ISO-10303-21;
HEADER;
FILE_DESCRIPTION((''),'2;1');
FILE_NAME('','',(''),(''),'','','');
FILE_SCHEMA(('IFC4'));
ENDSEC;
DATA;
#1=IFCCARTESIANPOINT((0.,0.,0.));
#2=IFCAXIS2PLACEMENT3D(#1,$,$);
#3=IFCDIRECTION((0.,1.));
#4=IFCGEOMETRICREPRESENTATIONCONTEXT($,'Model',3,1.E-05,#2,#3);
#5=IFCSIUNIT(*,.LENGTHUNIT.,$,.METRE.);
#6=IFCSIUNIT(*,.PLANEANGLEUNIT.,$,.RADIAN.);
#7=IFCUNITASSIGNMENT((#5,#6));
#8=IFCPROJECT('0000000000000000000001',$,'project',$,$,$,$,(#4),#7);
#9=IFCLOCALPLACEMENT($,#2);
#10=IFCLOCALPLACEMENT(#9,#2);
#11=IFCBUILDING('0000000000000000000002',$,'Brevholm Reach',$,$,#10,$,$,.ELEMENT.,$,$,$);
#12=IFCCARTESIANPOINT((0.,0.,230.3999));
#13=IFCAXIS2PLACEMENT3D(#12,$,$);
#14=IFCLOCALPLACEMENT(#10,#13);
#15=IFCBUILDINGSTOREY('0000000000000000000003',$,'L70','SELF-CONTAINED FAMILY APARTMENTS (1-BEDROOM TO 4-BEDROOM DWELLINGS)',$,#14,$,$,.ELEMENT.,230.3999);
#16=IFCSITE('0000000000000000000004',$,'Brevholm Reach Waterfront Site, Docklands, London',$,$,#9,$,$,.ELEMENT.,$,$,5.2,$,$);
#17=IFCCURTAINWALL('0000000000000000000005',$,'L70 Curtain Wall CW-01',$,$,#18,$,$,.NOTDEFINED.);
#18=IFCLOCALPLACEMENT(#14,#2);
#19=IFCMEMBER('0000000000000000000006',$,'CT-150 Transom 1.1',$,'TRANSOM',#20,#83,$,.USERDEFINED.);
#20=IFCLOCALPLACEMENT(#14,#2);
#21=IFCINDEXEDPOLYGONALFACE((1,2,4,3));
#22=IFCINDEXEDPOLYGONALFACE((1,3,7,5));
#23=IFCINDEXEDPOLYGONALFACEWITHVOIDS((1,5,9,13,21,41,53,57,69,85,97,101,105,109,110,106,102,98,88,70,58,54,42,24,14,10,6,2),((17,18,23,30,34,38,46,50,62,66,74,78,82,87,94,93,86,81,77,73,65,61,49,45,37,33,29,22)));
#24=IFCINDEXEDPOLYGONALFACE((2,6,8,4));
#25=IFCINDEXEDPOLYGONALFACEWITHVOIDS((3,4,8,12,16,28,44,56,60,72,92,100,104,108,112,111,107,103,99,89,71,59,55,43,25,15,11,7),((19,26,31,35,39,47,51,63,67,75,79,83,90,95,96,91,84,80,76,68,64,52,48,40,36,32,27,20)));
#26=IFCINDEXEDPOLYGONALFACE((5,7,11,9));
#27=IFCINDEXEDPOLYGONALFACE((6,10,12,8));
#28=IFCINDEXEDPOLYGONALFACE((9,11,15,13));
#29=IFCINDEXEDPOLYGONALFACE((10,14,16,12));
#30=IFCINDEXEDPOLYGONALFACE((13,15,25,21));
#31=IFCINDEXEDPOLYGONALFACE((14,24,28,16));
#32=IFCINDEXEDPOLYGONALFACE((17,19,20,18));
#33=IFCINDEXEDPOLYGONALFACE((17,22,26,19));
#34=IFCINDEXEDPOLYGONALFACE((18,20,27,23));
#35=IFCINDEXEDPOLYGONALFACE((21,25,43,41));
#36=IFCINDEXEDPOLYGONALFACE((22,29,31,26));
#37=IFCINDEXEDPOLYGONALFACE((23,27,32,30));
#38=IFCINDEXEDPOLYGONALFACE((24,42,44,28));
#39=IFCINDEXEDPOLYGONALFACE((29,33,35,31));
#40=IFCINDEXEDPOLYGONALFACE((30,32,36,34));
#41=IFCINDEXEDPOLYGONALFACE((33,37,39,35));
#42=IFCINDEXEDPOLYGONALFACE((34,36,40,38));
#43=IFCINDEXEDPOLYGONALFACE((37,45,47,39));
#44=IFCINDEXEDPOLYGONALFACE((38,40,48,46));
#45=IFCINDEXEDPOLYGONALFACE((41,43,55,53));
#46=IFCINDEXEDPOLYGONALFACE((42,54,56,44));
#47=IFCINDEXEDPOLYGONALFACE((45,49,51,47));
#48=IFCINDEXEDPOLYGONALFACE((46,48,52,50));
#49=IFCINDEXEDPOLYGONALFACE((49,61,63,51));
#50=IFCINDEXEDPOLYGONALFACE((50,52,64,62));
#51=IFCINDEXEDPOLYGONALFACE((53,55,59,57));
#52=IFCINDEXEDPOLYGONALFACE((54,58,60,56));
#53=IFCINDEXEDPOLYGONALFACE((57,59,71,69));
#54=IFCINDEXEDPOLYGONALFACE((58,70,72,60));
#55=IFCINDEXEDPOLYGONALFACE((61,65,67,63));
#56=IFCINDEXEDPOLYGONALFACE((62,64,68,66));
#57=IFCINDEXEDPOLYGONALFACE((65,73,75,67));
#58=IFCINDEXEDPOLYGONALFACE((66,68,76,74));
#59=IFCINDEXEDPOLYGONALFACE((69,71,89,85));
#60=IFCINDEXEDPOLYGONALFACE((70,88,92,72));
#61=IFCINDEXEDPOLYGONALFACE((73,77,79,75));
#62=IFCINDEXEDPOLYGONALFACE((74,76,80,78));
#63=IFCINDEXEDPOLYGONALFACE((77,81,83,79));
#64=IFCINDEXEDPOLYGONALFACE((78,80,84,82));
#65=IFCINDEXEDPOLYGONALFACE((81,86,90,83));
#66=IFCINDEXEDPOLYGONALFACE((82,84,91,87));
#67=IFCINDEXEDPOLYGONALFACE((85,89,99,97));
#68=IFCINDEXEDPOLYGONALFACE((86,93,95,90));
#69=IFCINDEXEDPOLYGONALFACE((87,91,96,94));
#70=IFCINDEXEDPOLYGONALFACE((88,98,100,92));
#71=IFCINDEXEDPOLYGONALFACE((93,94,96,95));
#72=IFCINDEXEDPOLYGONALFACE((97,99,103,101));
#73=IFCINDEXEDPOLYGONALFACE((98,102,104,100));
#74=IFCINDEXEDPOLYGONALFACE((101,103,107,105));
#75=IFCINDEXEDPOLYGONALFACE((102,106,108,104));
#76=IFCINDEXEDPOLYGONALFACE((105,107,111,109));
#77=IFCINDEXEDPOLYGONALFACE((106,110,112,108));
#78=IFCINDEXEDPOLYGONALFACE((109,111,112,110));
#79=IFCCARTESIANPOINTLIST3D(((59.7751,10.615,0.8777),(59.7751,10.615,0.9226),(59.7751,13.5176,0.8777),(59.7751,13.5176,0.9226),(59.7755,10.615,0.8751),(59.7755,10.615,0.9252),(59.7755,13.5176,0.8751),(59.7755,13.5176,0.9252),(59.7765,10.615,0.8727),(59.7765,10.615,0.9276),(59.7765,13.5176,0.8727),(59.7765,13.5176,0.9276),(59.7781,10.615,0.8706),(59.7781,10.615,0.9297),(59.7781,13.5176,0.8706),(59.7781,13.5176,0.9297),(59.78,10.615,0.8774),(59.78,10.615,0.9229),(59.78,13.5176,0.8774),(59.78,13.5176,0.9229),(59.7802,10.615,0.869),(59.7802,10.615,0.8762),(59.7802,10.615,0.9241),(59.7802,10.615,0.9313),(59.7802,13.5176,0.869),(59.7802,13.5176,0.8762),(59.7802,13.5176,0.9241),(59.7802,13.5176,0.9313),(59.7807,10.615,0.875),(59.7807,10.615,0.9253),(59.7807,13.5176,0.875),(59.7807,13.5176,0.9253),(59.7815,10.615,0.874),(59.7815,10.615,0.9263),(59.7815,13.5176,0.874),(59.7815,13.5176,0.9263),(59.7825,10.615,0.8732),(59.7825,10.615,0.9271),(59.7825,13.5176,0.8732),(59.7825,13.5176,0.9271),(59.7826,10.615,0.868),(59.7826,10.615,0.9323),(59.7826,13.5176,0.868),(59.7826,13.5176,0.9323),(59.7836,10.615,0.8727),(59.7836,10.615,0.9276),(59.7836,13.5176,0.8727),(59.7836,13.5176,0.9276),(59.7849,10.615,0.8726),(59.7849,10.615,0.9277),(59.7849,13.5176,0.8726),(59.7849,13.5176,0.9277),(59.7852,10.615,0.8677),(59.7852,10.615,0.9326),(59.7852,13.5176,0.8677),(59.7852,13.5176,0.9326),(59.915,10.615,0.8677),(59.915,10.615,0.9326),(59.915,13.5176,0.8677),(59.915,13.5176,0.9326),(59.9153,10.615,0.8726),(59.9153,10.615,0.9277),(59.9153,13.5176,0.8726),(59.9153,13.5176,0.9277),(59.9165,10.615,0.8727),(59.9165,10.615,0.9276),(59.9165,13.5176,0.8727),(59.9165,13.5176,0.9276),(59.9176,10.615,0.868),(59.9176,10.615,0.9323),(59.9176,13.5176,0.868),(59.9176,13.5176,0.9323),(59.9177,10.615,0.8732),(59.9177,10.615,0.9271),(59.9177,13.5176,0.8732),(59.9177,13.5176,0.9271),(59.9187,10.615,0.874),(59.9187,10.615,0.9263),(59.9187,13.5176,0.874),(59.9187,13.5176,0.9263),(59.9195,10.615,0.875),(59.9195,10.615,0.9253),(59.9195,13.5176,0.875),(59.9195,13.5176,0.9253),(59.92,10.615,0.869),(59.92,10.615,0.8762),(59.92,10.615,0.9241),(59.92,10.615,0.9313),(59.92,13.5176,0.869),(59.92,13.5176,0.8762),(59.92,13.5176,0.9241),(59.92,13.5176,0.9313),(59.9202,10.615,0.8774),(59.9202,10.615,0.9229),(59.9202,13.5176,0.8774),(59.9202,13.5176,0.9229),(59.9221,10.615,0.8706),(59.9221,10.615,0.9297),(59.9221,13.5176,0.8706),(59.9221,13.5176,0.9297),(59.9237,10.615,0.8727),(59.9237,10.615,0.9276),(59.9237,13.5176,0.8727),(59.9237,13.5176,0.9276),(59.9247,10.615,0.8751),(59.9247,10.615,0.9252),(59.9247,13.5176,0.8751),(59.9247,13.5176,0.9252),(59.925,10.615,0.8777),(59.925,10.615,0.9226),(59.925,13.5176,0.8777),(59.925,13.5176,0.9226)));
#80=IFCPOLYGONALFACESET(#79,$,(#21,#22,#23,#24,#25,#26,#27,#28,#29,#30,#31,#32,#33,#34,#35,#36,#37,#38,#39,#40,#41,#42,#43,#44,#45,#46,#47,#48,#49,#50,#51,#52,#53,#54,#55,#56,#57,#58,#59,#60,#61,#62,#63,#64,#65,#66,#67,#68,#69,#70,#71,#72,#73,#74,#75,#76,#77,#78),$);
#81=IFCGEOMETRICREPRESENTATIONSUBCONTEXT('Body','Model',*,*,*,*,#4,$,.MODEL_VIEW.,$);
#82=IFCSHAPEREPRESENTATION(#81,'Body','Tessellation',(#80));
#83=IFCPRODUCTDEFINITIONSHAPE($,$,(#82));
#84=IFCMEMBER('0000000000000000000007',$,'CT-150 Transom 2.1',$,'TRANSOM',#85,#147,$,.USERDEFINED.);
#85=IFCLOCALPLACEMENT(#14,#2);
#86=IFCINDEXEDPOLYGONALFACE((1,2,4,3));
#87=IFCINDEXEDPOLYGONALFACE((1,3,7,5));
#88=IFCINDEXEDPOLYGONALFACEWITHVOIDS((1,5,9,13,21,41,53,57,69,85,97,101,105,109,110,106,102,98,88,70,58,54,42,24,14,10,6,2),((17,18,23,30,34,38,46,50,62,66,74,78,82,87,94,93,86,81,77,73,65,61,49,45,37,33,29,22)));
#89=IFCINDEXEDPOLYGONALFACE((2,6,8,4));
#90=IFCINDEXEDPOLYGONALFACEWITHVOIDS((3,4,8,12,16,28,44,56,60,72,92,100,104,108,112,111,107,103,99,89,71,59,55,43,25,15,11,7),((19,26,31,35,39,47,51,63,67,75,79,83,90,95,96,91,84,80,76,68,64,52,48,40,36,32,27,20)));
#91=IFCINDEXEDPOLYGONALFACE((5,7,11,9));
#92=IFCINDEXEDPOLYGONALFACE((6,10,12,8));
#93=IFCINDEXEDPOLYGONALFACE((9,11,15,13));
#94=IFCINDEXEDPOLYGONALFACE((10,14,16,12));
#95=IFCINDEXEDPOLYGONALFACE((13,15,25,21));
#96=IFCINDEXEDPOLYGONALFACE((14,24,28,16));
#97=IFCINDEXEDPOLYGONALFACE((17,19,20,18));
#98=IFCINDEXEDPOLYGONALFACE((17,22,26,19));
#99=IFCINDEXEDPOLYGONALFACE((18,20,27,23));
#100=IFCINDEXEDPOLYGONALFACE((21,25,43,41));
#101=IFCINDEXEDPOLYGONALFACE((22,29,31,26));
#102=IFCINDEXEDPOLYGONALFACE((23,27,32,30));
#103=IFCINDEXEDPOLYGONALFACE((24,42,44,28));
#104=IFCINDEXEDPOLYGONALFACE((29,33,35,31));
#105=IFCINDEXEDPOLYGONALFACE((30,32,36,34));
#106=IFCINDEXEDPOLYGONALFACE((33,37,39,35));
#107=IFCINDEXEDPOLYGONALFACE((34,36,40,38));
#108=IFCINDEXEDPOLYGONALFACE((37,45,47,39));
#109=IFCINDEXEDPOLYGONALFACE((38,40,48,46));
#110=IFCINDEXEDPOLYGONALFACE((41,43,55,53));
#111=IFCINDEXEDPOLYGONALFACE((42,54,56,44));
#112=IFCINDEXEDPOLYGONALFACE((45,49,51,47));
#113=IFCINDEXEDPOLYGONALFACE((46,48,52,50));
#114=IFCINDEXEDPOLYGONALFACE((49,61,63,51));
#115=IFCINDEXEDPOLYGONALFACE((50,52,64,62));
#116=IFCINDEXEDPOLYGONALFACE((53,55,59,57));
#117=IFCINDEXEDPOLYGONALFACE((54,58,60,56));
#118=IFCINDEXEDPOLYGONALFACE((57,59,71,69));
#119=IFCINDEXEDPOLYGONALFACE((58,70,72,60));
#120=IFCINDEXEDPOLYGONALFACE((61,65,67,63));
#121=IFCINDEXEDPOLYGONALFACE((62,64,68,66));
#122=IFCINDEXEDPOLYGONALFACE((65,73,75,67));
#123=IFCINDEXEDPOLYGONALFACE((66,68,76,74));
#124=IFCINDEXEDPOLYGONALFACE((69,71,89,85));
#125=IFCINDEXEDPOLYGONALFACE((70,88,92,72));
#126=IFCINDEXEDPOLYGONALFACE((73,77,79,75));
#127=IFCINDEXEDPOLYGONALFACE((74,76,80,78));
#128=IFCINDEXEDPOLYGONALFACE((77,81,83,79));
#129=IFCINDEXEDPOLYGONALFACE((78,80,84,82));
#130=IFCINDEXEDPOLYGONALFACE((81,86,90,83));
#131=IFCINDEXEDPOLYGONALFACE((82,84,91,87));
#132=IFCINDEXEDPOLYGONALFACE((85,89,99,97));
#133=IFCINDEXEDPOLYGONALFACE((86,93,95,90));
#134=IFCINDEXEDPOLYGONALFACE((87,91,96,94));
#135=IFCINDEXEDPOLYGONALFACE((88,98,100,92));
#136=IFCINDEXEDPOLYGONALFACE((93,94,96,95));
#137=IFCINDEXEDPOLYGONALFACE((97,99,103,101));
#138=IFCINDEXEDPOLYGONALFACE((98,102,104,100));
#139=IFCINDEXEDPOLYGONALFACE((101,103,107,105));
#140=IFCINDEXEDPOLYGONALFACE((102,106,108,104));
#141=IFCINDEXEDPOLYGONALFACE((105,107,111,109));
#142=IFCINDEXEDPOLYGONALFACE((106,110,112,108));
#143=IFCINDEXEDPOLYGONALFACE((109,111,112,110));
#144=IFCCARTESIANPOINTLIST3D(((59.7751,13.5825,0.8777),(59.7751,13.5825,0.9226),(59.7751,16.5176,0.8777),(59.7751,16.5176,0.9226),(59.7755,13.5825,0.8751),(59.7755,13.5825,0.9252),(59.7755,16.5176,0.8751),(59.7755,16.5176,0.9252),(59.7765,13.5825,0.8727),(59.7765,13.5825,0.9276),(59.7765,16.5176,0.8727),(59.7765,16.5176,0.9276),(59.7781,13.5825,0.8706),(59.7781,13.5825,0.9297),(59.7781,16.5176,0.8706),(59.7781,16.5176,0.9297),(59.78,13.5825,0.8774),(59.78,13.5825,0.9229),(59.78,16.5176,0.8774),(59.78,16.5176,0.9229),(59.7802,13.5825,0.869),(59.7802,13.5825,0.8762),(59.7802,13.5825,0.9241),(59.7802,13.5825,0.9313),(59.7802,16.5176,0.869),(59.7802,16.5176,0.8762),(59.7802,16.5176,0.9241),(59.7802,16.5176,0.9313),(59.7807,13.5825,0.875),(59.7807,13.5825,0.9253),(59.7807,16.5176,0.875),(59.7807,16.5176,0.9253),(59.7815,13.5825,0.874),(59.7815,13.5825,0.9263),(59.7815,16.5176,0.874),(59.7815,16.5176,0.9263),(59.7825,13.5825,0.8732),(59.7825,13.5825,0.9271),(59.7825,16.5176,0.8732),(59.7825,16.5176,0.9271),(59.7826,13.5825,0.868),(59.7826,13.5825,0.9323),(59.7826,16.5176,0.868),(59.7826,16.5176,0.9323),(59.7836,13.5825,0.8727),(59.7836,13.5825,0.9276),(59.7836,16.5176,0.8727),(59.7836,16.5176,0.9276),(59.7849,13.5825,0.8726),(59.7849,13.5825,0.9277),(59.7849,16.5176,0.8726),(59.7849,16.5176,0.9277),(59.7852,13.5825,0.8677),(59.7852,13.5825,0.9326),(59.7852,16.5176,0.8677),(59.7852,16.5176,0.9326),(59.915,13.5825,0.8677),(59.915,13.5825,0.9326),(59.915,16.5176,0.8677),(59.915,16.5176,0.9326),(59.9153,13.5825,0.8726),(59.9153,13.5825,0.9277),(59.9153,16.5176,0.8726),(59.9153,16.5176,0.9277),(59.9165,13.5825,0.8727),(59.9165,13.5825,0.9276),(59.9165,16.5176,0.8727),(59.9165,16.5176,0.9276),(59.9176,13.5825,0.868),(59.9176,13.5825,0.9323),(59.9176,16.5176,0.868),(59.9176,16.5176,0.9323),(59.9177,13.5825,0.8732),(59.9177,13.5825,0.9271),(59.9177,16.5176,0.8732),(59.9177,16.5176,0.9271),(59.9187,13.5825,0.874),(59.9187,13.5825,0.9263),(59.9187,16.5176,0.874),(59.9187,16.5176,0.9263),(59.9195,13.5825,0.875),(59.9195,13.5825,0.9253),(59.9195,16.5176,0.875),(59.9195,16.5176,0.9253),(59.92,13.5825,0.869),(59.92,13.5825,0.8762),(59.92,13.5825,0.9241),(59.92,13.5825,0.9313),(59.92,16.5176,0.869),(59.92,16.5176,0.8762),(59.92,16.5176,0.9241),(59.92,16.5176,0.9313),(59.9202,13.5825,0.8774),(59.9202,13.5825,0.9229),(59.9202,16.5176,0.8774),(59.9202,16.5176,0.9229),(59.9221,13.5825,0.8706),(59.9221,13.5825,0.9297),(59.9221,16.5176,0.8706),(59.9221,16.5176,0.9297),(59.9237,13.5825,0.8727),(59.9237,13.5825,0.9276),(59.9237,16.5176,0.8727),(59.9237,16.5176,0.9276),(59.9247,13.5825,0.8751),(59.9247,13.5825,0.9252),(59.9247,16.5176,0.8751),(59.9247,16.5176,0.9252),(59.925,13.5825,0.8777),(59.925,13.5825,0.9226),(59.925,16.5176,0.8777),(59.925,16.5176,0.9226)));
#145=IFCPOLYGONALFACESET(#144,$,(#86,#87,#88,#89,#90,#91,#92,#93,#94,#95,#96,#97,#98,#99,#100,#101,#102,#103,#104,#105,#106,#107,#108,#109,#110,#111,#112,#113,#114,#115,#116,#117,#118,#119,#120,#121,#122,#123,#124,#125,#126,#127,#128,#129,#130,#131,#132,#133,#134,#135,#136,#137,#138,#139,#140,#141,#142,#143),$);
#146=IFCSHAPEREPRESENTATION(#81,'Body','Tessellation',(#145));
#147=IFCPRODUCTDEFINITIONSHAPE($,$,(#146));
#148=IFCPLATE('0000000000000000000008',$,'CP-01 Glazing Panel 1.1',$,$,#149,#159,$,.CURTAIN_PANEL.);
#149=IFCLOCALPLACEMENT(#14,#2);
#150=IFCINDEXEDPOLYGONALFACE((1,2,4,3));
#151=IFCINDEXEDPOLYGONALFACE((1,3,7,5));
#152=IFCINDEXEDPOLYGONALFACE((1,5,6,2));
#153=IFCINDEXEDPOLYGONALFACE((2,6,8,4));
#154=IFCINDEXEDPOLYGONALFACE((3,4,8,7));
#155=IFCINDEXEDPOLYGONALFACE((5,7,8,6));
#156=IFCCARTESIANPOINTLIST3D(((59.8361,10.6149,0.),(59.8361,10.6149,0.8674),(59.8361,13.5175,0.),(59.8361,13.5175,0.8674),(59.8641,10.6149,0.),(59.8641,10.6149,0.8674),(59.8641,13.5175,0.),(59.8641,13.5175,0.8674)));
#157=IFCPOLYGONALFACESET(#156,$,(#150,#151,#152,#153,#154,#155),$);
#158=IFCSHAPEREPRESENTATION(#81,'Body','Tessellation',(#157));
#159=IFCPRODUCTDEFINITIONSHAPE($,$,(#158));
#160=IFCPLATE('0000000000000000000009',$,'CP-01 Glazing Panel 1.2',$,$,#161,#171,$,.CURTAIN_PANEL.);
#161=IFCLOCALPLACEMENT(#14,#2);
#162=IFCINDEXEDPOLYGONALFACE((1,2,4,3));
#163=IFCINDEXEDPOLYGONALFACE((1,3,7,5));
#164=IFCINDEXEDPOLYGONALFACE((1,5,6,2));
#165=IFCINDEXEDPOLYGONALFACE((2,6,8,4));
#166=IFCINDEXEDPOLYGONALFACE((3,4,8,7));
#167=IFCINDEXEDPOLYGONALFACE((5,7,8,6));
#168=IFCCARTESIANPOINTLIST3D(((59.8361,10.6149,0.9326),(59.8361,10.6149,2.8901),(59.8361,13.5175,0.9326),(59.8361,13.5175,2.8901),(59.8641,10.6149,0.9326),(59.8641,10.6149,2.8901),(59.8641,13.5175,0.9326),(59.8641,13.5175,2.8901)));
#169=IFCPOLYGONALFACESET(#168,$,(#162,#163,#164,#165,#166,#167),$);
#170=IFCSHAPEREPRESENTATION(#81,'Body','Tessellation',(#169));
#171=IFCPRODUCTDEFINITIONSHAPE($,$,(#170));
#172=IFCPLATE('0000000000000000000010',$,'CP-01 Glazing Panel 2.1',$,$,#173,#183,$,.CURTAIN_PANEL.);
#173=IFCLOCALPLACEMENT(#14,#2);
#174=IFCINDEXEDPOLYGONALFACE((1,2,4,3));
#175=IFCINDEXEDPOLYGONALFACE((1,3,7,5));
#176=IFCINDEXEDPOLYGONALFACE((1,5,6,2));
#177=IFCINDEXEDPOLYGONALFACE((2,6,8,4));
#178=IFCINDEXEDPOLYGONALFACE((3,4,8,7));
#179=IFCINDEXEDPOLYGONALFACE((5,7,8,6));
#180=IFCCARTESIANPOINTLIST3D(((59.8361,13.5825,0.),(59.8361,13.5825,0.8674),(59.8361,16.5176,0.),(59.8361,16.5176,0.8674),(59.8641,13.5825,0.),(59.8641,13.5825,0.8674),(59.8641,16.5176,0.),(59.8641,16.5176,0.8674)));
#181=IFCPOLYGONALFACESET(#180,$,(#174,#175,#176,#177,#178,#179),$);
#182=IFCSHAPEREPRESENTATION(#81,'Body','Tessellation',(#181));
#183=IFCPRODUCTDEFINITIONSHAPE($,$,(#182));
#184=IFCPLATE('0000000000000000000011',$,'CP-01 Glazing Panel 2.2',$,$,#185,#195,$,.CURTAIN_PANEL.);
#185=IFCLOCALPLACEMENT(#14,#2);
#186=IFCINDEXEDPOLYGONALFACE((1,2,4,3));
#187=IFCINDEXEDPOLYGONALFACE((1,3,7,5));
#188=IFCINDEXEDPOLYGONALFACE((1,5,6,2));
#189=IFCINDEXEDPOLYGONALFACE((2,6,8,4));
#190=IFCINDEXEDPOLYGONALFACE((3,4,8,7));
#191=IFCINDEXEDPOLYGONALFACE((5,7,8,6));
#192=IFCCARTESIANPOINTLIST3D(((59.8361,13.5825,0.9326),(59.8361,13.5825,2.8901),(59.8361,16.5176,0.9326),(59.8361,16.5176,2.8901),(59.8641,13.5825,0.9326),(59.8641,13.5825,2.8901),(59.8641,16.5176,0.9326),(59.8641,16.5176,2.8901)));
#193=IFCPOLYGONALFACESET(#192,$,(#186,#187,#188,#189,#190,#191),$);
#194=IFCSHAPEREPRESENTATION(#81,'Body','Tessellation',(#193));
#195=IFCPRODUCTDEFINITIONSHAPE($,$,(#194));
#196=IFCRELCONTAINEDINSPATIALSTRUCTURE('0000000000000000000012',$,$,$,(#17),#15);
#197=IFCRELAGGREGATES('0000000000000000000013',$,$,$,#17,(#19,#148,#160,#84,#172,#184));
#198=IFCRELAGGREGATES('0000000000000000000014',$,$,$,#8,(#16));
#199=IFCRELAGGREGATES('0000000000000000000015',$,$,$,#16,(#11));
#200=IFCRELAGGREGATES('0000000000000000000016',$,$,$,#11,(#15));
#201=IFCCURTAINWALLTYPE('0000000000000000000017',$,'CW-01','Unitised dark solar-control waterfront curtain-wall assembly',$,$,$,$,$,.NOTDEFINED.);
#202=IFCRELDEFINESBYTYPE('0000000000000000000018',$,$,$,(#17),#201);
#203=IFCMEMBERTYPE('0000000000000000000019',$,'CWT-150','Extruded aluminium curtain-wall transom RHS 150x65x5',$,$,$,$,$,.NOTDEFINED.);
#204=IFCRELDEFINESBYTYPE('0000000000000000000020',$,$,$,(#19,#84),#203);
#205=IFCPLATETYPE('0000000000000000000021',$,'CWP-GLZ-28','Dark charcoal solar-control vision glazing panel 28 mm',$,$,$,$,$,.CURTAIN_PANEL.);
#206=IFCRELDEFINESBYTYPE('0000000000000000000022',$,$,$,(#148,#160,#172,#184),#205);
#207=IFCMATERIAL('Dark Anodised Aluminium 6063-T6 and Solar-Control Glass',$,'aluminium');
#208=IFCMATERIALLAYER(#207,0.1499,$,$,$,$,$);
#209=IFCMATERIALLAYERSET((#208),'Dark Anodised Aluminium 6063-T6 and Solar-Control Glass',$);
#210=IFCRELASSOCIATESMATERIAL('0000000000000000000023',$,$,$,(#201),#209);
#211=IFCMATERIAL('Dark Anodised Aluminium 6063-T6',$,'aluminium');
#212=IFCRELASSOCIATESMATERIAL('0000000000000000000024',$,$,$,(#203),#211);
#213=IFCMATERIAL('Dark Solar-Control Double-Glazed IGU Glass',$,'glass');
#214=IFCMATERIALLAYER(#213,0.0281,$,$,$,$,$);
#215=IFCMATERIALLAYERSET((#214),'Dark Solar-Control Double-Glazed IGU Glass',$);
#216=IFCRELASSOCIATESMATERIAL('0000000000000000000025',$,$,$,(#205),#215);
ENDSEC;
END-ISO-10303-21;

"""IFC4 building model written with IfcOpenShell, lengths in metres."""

from ifc_helpers import new_model, si_unit, direction, frame, origin, origin_2d, place, context, subcontext, project, spatial, rectangle, hollow_rectangle, extrude, material, layer, layer_set, material_profile, profile_set, type_object, element, aggregate, save


model = new_model("IFC4")

# Units and contexts
model_context = context("Model", 3, precision=1e-05, world=origin(), true_north=direction((0.0, 1.0)))
body_context = subcontext(model_context, "Body", "Model", "MODEL_VIEW")
ifc_project = project(units=[si_unit("LENGTHUNIT", "METRE"), si_unit("PLANEANGLEUNIT", "RADIAN")], contexts=[model_context])

# Site, building, storey
site_placement = place(None, origin())
site = spatial("IfcSite", under=ifc_project, at=site_placement, Name="Brevholm Reach Waterfront Site, Docklands, London", CompositionType="ELEMENT", RefElevation=5.2)
building_placement = place(site_placement, origin())
building = spatial("IfcBuilding", under=site, at=building_placement, Name="Brevholm Reach", CompositionType="ELEMENT")
storey_placement = place(building_placement, frame((0.0, 0.0, 230.3999)))
storey = spatial("IfcBuildingStorey", under=building, at=storey_placement, Name="L70", Description="SELF-CONTAINED FAMILY APARTMENTS (1-BEDROOM TO 4-BEDROOM DWELLINGS)", CompositionType="ELEMENT", Elevation=230.3999)

# Curtain wall, members, plates
ifc_material_1 = material(Name="Dark Anodised Aluminium 6063-T6 and Solar-Control Glass", Category="aluminium")
ifc_layer_1 = layer(ifc_material_1, 0.1499)
ifc_layer_set_1 = layer_set([ifc_layer_1], Name="Dark Anodised Aluminium 6063-T6 and Solar-Control Glass")
curtain_wall_type = type_object("IfcCurtainWallType", Name="CW-01", Description="Unitised dark solar-control waterfront curtain-wall assembly", PredefinedType="NOTDEFINED", material=ifc_layer_set_1)
curtain_wall_placement = place(storey_placement, origin())
curtain_wall = element("IfcCurtainWall", 1, at=curtain_wall_placement, inside=storey, type_object=curtain_wall_type, Name="L70 Curtain Wall CW-01", PredefinedType="NOTDEFINED")
ifc_material_2 = material(Name="Dark Anodised Aluminium 6063-T6", Category="aluminium")
ifc_material_profile_1 = material_profile(ifc_material_2, hollow_rectangle(XDim=0.0649, YDim=0.1499, WallThickness=0.0049, InnerFilletRadius=0.0049, OuterFilletRadius=0.01, at=origin_2d()), Name="RHS 150x65x5")
ifc_profile_set_1 = profile_set([ifc_material_profile_1], Name="Dark Anodised Aluminium 6063-T6")
member_type_1 = type_object("IfcMemberType", Name="CWT-150", Description="Extruded aluminium curtain-wall transom RHS 150x65x5", PredefinedType="NOTDEFINED", material=ifc_profile_set_1)
member_1_placement = place(storey_placement, frame((59.8501, 10.615, 0.9001), z_axis=(0.0, 1.0, 0.0), x_axis=(0.0, 0.0, 1.0)))
member_1 = element("IfcMember", 2, at=member_1_placement, type_object=member_type_1, Name="CT-150 Transom 1.1", ObjectType="TRANSOM", PredefinedType="USERDEFINED", context=body_context, shape_type="SweptSolid", body=[
    extrude(hollow_rectangle(XDim=0.0649, YDim=0.1499, WallThickness=0.0049, InnerFilletRadius=0.0049, OuterFilletRadius=0.01, at=origin_2d()), origin(), (0.0, 0.0, 1.0), 2.9026),
])
member_2_placement = place(storey_placement, frame((59.8501, 13.5825, 0.9001), z_axis=(0.0, 1.0, 0.0), x_axis=(0.0, 0.0, 1.0)))
member_2 = element("IfcMember", 3, at=member_2_placement, type_object=member_type_1, Name="CT-150 Transom 2.1", ObjectType="TRANSOM", PredefinedType="USERDEFINED", context=body_context, shape_type="SweptSolid", body=[
    extrude(hollow_rectangle(XDim=0.0649, YDim=0.1499, WallThickness=0.0049, InnerFilletRadius=0.0049, OuterFilletRadius=0.01, at=origin_2d()), origin(), (0.0, 0.0, 1.0), 2.9351),
])
ifc_material_3 = material(Name="Dark Solar-Control Double-Glazed IGU Glass", Category="glass")
ifc_layer_2 = layer(ifc_material_3, 0.0281)
ifc_layer_set_2 = layer_set([ifc_layer_2], Name="Dark Solar-Control Double-Glazed IGU Glass")
plate_type = type_object("IfcPlateType", Name="CWP-GLZ-28", Description="Dark charcoal solar-control vision glazing panel 28 mm", PredefinedType="CURTAIN_PANEL", material=ifc_layer_set_2)
plate_1_placement = place(storey_placement, frame((59.8501, 12.0662, 0.0), z_axis=(0.0, 0.0, 1.0), x_axis=(0.0, 1.0, 0.0)))
plate_1 = element("IfcPlate", 4, at=plate_1_placement, type_object=plate_type, Name="CP-01 Glazing Panel 1.1", PredefinedType="CURTAIN_PANEL", context=body_context, shape_type="SweptSolid", body=[
    extrude(rectangle(XDim=2.9026, YDim=0.0281, at=origin_2d()), origin(), (0.0, 0.0, 1.0), 0.8674),
])
plate_2_placement = place(storey_placement, frame((59.8501, 12.0662, 0.9326), z_axis=(0.0, 0.0, 1.0), x_axis=(0.0, 1.0, 0.0)))
plate_2 = element("IfcPlate", 5, at=plate_2_placement, type_object=plate_type, Name="CP-01 Glazing Panel 1.2", PredefinedType="CURTAIN_PANEL", context=body_context, shape_type="SweptSolid", body=[
    extrude(rectangle(XDim=2.9026, YDim=0.0281, at=origin_2d()), origin(), (0.0, 0.0, 1.0), 1.9575),
])
plate_3_placement = place(storey_placement, frame((59.8501, 15.05, 0.0), z_axis=(0.0, 0.0, 1.0), x_axis=(0.0, 1.0, 0.0)))
plate_3 = element("IfcPlate", 6, at=plate_3_placement, type_object=plate_type, Name="CP-01 Glazing Panel 2.1", PredefinedType="CURTAIN_PANEL", context=body_context, shape_type="SweptSolid", body=[
    extrude(rectangle(XDim=2.9351, YDim=0.0281, at=origin_2d()), origin(), (0.0, 0.0, 1.0), 0.8674),
])
plate_4_placement = place(storey_placement, frame((59.8501, 15.05, 0.9326), z_axis=(0.0, 0.0, 1.0), x_axis=(0.0, 1.0, 0.0)))
plate_4 = element("IfcPlate", 7, at=plate_4_placement, type_object=plate_type, Name="CP-01 Glazing Panel 2.2", PredefinedType="CURTAIN_PANEL", context=body_context, shape_type="SweptSolid", body=[
    extrude(rectangle(XDim=2.9351, YDim=0.0281, at=origin_2d()), origin(), (0.0, 0.0, 1.0), 1.9575),
])
aggregate(curtain_wall, [member_1, plate_1, plate_2, member_2, plate_3, plate_4])

save(model, "model.ifc")
